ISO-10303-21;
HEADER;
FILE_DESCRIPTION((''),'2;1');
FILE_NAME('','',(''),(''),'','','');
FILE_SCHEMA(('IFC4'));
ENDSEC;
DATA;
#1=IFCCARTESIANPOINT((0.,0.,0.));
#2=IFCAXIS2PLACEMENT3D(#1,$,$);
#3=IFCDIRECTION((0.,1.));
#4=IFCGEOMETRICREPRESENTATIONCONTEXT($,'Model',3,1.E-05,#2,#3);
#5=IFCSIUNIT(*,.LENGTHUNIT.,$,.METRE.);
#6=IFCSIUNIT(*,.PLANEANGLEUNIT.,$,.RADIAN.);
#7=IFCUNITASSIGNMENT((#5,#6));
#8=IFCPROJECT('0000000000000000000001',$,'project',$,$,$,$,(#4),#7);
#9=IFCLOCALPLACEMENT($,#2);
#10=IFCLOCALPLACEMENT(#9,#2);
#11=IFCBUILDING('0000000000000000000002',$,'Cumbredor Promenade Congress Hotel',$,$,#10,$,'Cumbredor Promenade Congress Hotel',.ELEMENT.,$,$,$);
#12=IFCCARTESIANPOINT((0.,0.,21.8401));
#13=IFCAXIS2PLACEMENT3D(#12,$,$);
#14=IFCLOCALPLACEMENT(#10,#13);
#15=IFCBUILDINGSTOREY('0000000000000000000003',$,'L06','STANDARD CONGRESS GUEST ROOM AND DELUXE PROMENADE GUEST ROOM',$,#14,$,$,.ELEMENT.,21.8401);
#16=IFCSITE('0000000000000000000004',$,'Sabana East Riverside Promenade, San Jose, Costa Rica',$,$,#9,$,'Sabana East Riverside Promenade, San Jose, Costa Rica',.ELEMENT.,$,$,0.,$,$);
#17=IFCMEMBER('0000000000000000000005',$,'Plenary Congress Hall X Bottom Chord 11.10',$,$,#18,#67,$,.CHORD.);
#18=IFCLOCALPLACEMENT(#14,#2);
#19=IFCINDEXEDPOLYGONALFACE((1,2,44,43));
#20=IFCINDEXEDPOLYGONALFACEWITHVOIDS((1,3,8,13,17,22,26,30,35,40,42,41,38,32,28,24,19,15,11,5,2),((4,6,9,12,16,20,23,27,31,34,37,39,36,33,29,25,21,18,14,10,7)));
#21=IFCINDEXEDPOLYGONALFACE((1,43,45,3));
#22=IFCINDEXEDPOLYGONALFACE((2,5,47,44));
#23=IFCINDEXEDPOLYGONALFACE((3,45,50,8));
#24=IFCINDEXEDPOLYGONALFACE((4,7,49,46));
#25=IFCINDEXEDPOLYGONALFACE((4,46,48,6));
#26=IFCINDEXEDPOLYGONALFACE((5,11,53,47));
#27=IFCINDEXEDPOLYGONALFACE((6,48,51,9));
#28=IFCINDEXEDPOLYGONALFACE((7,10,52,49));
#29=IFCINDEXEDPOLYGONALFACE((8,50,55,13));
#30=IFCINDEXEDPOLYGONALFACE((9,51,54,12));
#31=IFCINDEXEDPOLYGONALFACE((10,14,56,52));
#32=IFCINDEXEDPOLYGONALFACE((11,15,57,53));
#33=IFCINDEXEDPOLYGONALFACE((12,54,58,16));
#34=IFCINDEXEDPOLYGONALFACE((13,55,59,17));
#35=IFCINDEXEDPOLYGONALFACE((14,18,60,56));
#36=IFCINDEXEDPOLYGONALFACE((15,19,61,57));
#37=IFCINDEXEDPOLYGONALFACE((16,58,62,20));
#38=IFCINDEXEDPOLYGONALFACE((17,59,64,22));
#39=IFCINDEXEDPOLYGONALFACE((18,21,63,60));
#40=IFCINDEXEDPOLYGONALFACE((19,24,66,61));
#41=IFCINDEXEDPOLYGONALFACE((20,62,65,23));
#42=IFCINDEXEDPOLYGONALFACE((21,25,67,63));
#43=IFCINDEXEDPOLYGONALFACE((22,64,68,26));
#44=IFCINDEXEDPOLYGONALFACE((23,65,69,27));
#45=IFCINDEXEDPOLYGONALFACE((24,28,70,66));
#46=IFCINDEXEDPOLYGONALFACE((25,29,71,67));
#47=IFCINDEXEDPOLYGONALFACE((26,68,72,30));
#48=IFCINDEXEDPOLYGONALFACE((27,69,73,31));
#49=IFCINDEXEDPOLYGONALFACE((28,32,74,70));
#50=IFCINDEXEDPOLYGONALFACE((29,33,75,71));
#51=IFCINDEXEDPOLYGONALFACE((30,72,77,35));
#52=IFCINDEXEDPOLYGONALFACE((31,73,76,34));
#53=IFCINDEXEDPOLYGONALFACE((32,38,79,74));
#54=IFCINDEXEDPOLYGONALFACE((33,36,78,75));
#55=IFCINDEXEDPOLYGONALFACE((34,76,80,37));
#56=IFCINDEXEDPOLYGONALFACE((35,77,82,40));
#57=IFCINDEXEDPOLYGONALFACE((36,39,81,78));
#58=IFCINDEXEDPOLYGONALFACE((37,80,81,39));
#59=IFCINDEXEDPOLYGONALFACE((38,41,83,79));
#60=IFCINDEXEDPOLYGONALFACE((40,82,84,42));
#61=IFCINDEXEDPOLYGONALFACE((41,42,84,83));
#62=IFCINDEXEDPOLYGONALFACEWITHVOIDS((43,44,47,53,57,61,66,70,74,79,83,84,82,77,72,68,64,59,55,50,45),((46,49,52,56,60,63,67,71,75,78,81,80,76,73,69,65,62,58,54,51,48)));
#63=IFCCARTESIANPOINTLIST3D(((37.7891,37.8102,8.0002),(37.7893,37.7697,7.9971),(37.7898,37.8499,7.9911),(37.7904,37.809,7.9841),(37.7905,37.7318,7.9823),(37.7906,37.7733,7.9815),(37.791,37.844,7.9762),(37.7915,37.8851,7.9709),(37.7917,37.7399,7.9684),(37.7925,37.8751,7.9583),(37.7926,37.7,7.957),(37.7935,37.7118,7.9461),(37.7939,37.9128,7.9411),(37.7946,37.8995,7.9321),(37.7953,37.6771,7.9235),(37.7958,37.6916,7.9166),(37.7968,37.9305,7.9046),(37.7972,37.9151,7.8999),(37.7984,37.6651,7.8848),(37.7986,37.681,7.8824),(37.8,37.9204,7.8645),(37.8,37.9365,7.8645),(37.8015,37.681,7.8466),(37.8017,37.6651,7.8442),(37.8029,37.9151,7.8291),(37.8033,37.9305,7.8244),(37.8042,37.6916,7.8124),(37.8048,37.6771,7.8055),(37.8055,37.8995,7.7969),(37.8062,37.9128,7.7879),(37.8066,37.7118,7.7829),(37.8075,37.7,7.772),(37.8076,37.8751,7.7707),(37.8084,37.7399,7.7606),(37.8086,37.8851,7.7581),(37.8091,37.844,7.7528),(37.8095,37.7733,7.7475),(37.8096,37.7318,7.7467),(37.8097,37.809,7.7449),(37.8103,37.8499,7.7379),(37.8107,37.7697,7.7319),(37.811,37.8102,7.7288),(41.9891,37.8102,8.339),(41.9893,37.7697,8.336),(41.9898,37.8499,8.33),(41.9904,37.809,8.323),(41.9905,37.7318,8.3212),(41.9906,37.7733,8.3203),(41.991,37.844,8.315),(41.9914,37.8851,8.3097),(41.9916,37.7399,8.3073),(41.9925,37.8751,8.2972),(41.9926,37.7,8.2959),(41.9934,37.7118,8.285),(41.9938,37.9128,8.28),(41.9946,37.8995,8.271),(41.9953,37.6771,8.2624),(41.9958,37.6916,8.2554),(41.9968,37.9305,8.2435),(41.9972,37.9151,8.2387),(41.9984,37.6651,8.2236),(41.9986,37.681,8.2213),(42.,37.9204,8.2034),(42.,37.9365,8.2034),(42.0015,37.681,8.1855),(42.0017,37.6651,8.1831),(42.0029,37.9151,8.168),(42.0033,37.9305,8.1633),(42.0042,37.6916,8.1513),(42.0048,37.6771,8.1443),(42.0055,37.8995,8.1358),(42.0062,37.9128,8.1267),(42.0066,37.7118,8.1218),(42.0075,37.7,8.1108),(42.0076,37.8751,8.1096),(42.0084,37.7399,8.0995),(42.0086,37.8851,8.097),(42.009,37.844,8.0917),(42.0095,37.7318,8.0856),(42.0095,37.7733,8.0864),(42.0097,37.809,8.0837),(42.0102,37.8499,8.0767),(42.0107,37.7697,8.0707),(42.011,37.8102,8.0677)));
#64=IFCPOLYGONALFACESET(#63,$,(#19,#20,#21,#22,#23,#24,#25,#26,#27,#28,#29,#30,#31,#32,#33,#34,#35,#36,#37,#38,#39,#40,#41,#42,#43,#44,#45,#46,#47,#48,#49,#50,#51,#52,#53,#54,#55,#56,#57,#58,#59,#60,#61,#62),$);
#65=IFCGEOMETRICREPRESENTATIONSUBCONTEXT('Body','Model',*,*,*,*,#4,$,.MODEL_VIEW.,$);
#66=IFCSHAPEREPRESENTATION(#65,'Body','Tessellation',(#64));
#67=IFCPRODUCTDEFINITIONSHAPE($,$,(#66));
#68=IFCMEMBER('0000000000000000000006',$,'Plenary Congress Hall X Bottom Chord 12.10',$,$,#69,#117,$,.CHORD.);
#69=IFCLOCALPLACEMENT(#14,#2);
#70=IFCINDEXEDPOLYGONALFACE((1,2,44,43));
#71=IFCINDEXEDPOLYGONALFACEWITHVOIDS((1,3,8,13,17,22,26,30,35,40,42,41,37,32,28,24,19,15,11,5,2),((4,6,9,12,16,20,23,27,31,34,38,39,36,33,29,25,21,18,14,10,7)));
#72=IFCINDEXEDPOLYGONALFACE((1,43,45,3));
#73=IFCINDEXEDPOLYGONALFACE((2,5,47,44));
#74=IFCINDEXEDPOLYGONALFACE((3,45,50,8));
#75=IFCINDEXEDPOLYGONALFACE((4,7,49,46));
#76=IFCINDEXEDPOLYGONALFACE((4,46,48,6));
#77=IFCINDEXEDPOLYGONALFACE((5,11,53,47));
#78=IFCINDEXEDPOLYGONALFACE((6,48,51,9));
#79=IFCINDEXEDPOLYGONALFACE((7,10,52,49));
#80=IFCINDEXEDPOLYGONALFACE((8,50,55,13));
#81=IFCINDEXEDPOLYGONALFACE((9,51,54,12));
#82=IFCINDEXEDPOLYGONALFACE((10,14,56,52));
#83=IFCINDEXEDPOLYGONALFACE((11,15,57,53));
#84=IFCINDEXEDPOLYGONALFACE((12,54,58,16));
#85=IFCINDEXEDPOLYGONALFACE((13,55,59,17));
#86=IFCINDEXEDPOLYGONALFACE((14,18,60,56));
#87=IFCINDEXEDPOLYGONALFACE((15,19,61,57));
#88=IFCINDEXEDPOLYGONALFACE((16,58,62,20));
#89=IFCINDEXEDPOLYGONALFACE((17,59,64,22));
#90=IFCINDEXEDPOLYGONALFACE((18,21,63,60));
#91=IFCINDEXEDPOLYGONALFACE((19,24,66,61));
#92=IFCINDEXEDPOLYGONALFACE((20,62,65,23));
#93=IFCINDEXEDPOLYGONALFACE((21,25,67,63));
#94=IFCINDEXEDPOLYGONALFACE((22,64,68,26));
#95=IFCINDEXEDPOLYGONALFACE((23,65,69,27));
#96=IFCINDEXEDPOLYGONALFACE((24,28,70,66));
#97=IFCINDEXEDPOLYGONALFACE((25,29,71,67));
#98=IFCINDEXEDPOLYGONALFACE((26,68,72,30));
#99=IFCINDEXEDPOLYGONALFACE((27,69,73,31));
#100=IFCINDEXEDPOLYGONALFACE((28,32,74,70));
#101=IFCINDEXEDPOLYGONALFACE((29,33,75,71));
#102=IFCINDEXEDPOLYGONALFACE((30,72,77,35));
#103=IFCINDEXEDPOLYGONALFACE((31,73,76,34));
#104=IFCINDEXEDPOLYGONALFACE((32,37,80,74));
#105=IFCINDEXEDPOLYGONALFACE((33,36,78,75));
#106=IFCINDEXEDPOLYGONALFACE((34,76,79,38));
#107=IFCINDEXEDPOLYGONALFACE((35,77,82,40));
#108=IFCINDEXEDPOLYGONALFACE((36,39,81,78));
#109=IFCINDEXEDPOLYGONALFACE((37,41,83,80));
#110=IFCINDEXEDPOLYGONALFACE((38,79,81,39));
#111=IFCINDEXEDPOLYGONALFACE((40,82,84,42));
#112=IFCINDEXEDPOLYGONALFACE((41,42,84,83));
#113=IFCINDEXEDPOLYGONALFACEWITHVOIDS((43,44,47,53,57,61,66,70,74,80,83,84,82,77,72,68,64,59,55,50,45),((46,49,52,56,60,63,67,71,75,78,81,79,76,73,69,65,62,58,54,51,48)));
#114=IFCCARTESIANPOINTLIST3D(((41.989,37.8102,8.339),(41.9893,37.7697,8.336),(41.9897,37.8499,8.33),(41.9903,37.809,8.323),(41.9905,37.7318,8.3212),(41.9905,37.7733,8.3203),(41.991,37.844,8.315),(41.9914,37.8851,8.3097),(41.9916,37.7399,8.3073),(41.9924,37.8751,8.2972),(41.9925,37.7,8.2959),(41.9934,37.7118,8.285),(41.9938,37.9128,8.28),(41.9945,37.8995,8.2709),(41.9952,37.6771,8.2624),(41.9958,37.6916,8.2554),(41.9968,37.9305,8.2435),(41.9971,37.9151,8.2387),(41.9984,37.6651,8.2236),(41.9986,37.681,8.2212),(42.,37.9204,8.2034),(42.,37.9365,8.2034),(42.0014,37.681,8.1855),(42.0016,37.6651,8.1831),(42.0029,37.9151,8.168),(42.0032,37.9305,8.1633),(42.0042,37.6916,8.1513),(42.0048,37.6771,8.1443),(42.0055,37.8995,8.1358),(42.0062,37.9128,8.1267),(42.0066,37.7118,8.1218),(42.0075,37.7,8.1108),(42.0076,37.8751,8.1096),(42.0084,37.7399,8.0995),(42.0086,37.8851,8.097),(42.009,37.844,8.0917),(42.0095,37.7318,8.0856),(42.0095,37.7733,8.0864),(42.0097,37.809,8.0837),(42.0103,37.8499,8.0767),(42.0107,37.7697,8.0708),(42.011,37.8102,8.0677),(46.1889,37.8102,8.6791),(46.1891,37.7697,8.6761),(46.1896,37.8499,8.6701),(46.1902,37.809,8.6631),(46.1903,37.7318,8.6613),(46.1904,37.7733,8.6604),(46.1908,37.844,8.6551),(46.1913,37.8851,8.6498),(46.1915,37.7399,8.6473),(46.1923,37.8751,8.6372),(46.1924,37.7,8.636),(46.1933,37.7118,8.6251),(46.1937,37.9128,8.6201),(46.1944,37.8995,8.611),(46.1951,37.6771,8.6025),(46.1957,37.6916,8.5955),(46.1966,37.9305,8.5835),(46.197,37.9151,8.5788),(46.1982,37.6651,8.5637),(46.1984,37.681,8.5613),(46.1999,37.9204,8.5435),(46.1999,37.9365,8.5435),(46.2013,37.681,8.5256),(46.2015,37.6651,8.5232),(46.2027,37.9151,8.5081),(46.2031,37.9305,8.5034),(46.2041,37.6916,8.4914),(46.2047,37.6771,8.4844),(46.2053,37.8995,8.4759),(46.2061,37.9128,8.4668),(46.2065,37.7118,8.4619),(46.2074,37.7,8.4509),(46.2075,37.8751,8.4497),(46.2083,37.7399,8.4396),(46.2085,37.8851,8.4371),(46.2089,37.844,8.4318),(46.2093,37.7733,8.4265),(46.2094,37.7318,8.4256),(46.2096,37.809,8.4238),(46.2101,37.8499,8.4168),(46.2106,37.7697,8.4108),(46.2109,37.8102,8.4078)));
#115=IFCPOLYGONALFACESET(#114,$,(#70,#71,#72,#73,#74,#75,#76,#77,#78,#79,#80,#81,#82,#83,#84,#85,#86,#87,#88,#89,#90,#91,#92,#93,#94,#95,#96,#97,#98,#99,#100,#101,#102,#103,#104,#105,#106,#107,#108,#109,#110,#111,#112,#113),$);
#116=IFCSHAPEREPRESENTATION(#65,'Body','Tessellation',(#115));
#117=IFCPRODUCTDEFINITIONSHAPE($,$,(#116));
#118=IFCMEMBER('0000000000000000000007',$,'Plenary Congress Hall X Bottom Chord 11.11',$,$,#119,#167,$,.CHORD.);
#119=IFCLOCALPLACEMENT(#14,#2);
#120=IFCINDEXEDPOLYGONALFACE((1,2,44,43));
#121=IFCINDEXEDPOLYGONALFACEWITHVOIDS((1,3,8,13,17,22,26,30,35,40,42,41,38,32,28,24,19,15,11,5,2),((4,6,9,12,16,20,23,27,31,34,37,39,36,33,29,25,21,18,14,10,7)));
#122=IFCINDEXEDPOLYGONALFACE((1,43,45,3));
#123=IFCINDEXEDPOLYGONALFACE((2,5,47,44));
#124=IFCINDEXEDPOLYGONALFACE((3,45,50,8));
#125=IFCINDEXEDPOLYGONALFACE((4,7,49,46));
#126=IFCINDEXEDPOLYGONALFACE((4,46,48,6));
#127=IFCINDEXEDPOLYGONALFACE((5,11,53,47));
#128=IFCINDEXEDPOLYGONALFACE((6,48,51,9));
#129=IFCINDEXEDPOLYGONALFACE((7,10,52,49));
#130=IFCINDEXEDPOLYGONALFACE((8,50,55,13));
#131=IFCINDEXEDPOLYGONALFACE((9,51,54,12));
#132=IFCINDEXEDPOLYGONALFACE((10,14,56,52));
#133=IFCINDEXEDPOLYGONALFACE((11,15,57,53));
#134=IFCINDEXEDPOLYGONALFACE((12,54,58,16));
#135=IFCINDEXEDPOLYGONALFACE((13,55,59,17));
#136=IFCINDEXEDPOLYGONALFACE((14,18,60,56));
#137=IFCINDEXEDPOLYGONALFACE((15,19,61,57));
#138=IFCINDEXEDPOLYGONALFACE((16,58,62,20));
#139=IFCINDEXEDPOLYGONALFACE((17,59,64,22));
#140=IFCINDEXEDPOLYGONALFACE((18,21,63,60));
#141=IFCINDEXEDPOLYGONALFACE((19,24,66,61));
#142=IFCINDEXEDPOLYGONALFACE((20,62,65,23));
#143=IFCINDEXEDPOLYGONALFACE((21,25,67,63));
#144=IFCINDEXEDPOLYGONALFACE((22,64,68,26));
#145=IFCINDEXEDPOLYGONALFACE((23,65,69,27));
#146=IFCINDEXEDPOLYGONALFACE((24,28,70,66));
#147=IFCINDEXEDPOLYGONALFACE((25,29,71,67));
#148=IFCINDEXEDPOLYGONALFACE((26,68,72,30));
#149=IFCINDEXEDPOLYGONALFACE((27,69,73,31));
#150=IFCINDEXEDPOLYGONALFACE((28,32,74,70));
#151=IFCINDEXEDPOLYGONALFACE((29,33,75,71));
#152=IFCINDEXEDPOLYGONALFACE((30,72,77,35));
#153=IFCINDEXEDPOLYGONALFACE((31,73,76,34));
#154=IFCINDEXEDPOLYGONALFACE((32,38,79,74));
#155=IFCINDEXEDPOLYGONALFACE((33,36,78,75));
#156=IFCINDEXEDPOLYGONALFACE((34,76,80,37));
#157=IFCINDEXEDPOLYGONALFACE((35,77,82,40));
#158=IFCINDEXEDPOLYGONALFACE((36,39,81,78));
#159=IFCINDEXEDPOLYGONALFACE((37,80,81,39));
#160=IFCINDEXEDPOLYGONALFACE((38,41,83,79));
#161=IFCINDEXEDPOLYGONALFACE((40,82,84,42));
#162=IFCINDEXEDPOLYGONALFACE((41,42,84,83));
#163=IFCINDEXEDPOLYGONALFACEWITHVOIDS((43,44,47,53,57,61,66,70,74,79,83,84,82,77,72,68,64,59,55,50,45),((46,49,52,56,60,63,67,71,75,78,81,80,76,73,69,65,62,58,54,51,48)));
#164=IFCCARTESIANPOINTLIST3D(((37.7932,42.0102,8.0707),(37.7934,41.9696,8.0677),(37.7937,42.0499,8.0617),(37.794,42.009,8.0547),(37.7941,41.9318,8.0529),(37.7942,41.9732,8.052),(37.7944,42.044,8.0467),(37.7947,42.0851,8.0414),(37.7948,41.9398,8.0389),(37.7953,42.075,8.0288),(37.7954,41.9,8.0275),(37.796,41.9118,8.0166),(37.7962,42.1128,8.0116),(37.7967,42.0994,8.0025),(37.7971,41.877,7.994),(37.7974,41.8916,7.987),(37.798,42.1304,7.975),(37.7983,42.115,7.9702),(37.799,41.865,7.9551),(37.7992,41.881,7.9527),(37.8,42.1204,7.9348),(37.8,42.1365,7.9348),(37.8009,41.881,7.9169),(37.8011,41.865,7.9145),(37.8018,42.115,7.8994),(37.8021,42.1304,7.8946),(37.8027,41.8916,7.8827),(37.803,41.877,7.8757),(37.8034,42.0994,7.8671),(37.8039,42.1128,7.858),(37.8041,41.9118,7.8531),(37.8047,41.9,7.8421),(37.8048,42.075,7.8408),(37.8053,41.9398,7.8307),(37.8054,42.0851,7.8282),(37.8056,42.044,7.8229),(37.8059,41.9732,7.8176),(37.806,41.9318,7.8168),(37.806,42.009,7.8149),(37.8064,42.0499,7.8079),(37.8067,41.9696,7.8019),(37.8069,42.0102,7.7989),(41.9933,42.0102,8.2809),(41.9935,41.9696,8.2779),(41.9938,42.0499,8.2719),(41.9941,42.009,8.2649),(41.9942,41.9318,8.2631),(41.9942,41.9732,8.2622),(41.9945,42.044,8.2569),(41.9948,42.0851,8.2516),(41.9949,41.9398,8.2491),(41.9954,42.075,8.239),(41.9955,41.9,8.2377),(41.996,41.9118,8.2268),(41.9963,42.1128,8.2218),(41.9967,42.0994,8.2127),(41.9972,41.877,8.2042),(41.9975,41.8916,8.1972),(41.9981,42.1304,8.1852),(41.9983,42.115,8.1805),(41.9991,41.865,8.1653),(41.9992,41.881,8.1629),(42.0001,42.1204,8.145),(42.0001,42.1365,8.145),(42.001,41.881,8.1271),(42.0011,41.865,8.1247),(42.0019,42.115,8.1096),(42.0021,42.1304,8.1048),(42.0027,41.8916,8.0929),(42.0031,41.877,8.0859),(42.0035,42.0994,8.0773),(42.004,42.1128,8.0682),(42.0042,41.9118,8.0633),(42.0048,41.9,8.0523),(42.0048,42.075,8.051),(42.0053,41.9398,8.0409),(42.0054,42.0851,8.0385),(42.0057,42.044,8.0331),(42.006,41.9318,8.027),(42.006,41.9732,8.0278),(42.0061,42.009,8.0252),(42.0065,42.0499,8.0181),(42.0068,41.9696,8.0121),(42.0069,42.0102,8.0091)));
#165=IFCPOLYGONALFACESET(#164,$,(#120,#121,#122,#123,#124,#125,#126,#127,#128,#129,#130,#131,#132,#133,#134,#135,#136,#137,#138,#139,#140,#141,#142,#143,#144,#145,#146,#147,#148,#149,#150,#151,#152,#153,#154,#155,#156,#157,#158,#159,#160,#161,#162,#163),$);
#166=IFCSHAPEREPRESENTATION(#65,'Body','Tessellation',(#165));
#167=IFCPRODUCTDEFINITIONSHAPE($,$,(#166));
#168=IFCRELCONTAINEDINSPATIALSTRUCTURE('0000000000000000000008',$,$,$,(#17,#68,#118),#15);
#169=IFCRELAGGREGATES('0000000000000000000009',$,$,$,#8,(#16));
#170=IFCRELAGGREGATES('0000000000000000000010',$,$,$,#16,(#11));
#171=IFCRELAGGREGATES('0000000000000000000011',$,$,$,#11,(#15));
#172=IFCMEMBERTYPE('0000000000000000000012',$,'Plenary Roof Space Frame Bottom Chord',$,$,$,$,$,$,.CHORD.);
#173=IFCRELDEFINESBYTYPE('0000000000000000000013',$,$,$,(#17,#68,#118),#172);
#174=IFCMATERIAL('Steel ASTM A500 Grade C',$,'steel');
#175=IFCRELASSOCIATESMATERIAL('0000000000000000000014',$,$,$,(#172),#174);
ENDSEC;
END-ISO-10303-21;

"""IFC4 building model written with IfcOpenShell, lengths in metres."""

from ifc_helpers import new_model, si_unit, direction, frame, origin, origin_2d, place, context, subcontext, project, spatial, hollow_circle, extrude, material, material_profile, profile_set, type_object, element, save


model = new_model("IFC4")

# Units and contexts
model_context = context("Model", 3, precision=1e-05, world=origin(), true_north=direction((0.0, 1.0)))
body_context = subcontext(model_context, "Body", "Model", "MODEL_VIEW")
ifc_project = project(units=[si_unit("LENGTHUNIT", "METRE"), si_unit("PLANEANGLEUNIT", "RADIAN")], contexts=[model_context])

# Site, building, storey
site_placement = place(None, origin())
site = spatial("IfcSite", under=ifc_project, at=site_placement, Name="Sabana East Riverside Promenade, San Jose, Costa Rica", LongName="Sabana East Riverside Promenade, San Jose, Costa Rica", CompositionType="ELEMENT", RefElevation=0.0)
building_placement = place(site_placement, origin())
building = spatial("IfcBuilding", under=site, at=building_placement, Name="Cumbredor Promenade Congress Hotel", LongName="Cumbredor Promenade Congress Hotel", CompositionType="ELEMENT")
storey_placement = place(building_placement, frame((0.0, 0.0, 21.8401)))
storey = spatial("IfcBuildingStorey", under=building, at=storey_placement, Name="L06", Description="STANDARD CONGRESS GUEST ROOM AND DELUXE PROMENADE GUEST ROOM", CompositionType="ELEMENT", Elevation=21.8401)

# Members
ifc_material_1 = material(Name="Steel ASTM A500 Grade C", Category="steel")
ifc_material_profile_1 = material_profile(ifc_material_1, hollow_circle(Radius=0.1365, WallThickness=0.0161, at=origin_2d()), Name="CHS 273.0x16")
ifc_profile_set_1 = profile_set([ifc_material_profile_1], Name="Steel ASTM A500 Grade C")
member_type_1 = type_object("IfcMemberType", Name="Plenary Roof Space Frame Bottom Chord", PredefinedType="CHORD", material=ifc_profile_set_1)
for number, where, z_axis, x_axis, name in (
    (1, (37.8, 37.8, 7.8645), (0.996761, 0.0, 0.080422), (0.0, 1.0, 0.0), "Plenary Congress Hall X Bottom Chord 11.10"),
    (2, (42.0, 37.8, 8.2034), (0.996738, 0.0, 0.08071), (0.0, 1.0, 0.0), "Plenary Congress Hall X Bottom Chord 12.10"),
):
    element("IfcMember", number, at=place(storey_placement, frame(where, z_axis=z_axis, x_axis=x_axis)), inside=storey, type_object=member_type_1, Name=name, PredefinedType="CHORD", context=body_context, shape_type="SweptSolid", body=[
        extrude(hollow_circle(Radius=0.1365, WallThickness=0.0161, at=origin_2d()), origin(), (0.0, 0.0, 1.0), 4.2136),
    ])
member_1_placement = place(storey_placement, frame((37.8, 42.0, 7.9348), z_axis=(0.99875, 0.0, 0.049987), x_axis=(0.0, 1.0, 0.0)))
element("IfcMember", 3, at=member_1_placement, inside=storey, type_object=member_type_1, Name="Plenary Congress Hall X Bottom Chord 11.11", PredefinedType="CHORD", context=body_context, shape_type="SweptSolid", body=[
    extrude(hollow_circle(Radius=0.1365, WallThickness=0.0161, at=origin_2d()), origin(), (0.0, 0.0, 1.0), 4.2053),
])

save(model, "model.ifc")
